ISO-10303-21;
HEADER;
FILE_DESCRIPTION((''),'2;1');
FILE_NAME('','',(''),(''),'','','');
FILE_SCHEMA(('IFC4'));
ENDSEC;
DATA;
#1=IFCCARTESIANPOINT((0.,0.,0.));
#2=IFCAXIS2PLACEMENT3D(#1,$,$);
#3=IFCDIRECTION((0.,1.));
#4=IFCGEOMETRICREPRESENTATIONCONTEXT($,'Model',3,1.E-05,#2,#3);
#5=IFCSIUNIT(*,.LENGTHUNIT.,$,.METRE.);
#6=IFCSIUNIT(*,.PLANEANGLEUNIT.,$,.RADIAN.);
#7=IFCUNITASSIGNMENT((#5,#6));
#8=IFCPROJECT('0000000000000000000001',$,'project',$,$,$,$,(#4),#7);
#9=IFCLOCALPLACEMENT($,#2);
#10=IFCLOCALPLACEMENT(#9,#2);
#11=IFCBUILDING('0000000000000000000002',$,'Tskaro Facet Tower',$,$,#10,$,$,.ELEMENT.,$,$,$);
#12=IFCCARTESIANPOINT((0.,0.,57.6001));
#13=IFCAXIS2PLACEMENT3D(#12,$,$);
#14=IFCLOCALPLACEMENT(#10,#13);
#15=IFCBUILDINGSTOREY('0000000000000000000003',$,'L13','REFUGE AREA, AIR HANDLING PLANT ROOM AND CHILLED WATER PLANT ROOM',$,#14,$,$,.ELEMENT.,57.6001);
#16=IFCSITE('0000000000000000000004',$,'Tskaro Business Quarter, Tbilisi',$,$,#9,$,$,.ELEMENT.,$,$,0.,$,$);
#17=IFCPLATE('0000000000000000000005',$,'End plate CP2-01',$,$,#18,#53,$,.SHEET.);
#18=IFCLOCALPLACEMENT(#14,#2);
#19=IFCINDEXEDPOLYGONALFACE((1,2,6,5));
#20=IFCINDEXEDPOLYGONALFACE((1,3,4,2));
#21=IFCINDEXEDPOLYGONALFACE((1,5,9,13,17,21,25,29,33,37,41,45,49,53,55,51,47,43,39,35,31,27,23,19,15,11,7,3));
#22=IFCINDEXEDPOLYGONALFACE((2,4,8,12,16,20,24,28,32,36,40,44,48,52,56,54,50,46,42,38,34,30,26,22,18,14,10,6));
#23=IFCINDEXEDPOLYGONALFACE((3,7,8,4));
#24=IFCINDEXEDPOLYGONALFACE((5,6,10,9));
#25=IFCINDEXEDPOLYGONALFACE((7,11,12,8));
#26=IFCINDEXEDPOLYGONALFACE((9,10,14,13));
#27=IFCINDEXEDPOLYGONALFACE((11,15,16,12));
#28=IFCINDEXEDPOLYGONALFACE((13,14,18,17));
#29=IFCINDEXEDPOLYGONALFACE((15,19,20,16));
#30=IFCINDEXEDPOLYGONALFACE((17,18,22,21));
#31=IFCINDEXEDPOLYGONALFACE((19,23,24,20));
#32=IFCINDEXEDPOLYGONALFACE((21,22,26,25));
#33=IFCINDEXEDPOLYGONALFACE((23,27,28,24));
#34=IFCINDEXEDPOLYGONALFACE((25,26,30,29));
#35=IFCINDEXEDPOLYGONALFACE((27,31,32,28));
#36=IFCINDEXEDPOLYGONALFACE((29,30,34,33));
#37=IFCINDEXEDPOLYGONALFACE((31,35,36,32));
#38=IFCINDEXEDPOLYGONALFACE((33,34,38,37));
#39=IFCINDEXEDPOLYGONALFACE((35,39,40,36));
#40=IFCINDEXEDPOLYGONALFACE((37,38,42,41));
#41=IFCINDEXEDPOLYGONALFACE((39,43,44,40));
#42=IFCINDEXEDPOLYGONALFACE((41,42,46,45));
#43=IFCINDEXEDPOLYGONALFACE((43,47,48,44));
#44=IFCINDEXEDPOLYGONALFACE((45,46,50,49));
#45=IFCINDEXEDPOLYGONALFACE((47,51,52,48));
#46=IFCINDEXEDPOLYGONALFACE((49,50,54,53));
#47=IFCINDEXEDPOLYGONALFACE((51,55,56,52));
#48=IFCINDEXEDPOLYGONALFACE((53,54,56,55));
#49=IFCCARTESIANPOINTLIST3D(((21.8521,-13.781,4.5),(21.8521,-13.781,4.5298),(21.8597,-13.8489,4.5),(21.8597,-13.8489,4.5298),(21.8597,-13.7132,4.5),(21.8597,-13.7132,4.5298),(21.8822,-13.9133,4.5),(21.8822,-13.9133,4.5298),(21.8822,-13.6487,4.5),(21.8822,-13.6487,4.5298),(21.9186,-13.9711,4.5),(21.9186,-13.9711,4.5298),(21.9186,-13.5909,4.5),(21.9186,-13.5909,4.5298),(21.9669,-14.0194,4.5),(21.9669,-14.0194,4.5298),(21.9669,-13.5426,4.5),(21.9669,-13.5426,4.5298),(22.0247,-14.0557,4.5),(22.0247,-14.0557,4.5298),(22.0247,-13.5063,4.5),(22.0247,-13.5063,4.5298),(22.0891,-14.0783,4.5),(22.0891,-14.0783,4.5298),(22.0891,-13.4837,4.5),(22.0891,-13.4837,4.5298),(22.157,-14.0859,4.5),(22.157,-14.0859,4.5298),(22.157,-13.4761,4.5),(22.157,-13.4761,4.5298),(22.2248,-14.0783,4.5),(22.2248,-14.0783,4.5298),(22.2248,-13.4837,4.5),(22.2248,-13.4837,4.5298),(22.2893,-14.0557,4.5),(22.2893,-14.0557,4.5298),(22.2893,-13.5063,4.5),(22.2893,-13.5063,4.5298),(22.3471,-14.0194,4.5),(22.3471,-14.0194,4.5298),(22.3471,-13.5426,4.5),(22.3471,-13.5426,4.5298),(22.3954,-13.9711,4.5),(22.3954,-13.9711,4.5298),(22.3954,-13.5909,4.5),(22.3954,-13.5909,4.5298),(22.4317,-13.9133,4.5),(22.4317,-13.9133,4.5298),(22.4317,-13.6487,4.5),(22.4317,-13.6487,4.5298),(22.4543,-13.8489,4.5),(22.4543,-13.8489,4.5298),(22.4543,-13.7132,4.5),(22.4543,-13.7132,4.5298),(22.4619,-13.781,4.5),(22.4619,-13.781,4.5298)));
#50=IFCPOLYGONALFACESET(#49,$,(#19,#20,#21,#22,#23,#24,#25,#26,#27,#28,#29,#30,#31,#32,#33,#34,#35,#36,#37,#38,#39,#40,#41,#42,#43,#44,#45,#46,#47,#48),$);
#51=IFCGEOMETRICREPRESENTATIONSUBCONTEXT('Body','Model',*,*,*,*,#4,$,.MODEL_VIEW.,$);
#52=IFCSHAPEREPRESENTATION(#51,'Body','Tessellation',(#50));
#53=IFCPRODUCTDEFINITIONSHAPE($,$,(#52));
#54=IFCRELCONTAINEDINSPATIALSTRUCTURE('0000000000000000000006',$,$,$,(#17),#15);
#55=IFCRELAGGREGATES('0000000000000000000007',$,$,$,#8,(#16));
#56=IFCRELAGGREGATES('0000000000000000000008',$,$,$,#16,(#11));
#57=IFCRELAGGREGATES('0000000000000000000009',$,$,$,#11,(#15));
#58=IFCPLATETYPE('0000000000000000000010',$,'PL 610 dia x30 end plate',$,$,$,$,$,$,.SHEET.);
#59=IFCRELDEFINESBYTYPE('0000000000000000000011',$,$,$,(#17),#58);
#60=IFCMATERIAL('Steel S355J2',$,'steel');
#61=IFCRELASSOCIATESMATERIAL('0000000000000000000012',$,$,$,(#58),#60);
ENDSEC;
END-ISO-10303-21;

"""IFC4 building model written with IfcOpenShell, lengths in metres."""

from ifc_helpers import new_model, si_unit, direction, frame, origin, origin_2d, place, context, subcontext, project, spatial, circle, extrude, material, material_profile, profile_set, type_object, element, save


model = new_model("IFC4")

# Units and contexts
model_context = context("Model", 3, precision=1e-05, world=origin(), true_north=direction((0.0, 1.0)))
body_context = subcontext(model_context, "Body", "Model", "MODEL_VIEW")
ifc_project = project(units=[si_unit("LENGTHUNIT", "METRE"), si_unit("PLANEANGLEUNIT", "RADIAN")], contexts=[model_context])

# Site, building, storey
site_placement = place(None, origin())
site = spatial("IfcSite", under=ifc_project, at=site_placement, Name="Tskaro Business Quarter, Tbilisi", CompositionType="ELEMENT", RefElevation=0.0)
building_placement = place(site_placement, origin())
building = spatial("IfcBuilding", under=site, at=building_placement, Name="Tskaro Facet Tower", CompositionType="ELEMENT")
storey_placement = place(building_placement, frame((0.0, 0.0, 57.6001)))
storey = spatial("IfcBuildingStorey", under=building, at=storey_placement, Name="L13", Description="REFUGE AREA, AIR HANDLING PLANT ROOM AND CHILLED WATER PLANT ROOM", CompositionType="ELEMENT", Elevation=57.6001)

# Shared definitions
ifc_material_1 = material(Name="Steel S355J2", Category="steel")

# Plate
ifc_material_profile_1 = material_profile(ifc_material_1, circle(Radius=0.3049, at=origin_2d()), Name="PL 610 dia x30 end plate")
ifc_profile_set_1 = profile_set([ifc_material_profile_1], Name="Steel S355J2")
plate_type_1 = type_object("IfcPlateType", Name="PL 610 dia x30 end plate", PredefinedType="SHEET", material=ifc_profile_set_1)
plate_placement = place(storey_placement, frame((22.157, -13.781, 4.5), z_axis=(0.0, 0.0, 1.0), x_axis=(1.0, 0.0, 0.0)))
element("IfcPlate", 1, at=plate_placement, inside=storey, type_object=plate_type_1, Name="End plate CP2-01", PredefinedType="SHEET", context=body_context, shape_type="SweptSolid", body=[
    extrude(circle(Radius=0.3049, at=origin_2d()), origin(), (0.0, 0.0, 1.0), 0.0298),
])

save(model, "model.ifc")
